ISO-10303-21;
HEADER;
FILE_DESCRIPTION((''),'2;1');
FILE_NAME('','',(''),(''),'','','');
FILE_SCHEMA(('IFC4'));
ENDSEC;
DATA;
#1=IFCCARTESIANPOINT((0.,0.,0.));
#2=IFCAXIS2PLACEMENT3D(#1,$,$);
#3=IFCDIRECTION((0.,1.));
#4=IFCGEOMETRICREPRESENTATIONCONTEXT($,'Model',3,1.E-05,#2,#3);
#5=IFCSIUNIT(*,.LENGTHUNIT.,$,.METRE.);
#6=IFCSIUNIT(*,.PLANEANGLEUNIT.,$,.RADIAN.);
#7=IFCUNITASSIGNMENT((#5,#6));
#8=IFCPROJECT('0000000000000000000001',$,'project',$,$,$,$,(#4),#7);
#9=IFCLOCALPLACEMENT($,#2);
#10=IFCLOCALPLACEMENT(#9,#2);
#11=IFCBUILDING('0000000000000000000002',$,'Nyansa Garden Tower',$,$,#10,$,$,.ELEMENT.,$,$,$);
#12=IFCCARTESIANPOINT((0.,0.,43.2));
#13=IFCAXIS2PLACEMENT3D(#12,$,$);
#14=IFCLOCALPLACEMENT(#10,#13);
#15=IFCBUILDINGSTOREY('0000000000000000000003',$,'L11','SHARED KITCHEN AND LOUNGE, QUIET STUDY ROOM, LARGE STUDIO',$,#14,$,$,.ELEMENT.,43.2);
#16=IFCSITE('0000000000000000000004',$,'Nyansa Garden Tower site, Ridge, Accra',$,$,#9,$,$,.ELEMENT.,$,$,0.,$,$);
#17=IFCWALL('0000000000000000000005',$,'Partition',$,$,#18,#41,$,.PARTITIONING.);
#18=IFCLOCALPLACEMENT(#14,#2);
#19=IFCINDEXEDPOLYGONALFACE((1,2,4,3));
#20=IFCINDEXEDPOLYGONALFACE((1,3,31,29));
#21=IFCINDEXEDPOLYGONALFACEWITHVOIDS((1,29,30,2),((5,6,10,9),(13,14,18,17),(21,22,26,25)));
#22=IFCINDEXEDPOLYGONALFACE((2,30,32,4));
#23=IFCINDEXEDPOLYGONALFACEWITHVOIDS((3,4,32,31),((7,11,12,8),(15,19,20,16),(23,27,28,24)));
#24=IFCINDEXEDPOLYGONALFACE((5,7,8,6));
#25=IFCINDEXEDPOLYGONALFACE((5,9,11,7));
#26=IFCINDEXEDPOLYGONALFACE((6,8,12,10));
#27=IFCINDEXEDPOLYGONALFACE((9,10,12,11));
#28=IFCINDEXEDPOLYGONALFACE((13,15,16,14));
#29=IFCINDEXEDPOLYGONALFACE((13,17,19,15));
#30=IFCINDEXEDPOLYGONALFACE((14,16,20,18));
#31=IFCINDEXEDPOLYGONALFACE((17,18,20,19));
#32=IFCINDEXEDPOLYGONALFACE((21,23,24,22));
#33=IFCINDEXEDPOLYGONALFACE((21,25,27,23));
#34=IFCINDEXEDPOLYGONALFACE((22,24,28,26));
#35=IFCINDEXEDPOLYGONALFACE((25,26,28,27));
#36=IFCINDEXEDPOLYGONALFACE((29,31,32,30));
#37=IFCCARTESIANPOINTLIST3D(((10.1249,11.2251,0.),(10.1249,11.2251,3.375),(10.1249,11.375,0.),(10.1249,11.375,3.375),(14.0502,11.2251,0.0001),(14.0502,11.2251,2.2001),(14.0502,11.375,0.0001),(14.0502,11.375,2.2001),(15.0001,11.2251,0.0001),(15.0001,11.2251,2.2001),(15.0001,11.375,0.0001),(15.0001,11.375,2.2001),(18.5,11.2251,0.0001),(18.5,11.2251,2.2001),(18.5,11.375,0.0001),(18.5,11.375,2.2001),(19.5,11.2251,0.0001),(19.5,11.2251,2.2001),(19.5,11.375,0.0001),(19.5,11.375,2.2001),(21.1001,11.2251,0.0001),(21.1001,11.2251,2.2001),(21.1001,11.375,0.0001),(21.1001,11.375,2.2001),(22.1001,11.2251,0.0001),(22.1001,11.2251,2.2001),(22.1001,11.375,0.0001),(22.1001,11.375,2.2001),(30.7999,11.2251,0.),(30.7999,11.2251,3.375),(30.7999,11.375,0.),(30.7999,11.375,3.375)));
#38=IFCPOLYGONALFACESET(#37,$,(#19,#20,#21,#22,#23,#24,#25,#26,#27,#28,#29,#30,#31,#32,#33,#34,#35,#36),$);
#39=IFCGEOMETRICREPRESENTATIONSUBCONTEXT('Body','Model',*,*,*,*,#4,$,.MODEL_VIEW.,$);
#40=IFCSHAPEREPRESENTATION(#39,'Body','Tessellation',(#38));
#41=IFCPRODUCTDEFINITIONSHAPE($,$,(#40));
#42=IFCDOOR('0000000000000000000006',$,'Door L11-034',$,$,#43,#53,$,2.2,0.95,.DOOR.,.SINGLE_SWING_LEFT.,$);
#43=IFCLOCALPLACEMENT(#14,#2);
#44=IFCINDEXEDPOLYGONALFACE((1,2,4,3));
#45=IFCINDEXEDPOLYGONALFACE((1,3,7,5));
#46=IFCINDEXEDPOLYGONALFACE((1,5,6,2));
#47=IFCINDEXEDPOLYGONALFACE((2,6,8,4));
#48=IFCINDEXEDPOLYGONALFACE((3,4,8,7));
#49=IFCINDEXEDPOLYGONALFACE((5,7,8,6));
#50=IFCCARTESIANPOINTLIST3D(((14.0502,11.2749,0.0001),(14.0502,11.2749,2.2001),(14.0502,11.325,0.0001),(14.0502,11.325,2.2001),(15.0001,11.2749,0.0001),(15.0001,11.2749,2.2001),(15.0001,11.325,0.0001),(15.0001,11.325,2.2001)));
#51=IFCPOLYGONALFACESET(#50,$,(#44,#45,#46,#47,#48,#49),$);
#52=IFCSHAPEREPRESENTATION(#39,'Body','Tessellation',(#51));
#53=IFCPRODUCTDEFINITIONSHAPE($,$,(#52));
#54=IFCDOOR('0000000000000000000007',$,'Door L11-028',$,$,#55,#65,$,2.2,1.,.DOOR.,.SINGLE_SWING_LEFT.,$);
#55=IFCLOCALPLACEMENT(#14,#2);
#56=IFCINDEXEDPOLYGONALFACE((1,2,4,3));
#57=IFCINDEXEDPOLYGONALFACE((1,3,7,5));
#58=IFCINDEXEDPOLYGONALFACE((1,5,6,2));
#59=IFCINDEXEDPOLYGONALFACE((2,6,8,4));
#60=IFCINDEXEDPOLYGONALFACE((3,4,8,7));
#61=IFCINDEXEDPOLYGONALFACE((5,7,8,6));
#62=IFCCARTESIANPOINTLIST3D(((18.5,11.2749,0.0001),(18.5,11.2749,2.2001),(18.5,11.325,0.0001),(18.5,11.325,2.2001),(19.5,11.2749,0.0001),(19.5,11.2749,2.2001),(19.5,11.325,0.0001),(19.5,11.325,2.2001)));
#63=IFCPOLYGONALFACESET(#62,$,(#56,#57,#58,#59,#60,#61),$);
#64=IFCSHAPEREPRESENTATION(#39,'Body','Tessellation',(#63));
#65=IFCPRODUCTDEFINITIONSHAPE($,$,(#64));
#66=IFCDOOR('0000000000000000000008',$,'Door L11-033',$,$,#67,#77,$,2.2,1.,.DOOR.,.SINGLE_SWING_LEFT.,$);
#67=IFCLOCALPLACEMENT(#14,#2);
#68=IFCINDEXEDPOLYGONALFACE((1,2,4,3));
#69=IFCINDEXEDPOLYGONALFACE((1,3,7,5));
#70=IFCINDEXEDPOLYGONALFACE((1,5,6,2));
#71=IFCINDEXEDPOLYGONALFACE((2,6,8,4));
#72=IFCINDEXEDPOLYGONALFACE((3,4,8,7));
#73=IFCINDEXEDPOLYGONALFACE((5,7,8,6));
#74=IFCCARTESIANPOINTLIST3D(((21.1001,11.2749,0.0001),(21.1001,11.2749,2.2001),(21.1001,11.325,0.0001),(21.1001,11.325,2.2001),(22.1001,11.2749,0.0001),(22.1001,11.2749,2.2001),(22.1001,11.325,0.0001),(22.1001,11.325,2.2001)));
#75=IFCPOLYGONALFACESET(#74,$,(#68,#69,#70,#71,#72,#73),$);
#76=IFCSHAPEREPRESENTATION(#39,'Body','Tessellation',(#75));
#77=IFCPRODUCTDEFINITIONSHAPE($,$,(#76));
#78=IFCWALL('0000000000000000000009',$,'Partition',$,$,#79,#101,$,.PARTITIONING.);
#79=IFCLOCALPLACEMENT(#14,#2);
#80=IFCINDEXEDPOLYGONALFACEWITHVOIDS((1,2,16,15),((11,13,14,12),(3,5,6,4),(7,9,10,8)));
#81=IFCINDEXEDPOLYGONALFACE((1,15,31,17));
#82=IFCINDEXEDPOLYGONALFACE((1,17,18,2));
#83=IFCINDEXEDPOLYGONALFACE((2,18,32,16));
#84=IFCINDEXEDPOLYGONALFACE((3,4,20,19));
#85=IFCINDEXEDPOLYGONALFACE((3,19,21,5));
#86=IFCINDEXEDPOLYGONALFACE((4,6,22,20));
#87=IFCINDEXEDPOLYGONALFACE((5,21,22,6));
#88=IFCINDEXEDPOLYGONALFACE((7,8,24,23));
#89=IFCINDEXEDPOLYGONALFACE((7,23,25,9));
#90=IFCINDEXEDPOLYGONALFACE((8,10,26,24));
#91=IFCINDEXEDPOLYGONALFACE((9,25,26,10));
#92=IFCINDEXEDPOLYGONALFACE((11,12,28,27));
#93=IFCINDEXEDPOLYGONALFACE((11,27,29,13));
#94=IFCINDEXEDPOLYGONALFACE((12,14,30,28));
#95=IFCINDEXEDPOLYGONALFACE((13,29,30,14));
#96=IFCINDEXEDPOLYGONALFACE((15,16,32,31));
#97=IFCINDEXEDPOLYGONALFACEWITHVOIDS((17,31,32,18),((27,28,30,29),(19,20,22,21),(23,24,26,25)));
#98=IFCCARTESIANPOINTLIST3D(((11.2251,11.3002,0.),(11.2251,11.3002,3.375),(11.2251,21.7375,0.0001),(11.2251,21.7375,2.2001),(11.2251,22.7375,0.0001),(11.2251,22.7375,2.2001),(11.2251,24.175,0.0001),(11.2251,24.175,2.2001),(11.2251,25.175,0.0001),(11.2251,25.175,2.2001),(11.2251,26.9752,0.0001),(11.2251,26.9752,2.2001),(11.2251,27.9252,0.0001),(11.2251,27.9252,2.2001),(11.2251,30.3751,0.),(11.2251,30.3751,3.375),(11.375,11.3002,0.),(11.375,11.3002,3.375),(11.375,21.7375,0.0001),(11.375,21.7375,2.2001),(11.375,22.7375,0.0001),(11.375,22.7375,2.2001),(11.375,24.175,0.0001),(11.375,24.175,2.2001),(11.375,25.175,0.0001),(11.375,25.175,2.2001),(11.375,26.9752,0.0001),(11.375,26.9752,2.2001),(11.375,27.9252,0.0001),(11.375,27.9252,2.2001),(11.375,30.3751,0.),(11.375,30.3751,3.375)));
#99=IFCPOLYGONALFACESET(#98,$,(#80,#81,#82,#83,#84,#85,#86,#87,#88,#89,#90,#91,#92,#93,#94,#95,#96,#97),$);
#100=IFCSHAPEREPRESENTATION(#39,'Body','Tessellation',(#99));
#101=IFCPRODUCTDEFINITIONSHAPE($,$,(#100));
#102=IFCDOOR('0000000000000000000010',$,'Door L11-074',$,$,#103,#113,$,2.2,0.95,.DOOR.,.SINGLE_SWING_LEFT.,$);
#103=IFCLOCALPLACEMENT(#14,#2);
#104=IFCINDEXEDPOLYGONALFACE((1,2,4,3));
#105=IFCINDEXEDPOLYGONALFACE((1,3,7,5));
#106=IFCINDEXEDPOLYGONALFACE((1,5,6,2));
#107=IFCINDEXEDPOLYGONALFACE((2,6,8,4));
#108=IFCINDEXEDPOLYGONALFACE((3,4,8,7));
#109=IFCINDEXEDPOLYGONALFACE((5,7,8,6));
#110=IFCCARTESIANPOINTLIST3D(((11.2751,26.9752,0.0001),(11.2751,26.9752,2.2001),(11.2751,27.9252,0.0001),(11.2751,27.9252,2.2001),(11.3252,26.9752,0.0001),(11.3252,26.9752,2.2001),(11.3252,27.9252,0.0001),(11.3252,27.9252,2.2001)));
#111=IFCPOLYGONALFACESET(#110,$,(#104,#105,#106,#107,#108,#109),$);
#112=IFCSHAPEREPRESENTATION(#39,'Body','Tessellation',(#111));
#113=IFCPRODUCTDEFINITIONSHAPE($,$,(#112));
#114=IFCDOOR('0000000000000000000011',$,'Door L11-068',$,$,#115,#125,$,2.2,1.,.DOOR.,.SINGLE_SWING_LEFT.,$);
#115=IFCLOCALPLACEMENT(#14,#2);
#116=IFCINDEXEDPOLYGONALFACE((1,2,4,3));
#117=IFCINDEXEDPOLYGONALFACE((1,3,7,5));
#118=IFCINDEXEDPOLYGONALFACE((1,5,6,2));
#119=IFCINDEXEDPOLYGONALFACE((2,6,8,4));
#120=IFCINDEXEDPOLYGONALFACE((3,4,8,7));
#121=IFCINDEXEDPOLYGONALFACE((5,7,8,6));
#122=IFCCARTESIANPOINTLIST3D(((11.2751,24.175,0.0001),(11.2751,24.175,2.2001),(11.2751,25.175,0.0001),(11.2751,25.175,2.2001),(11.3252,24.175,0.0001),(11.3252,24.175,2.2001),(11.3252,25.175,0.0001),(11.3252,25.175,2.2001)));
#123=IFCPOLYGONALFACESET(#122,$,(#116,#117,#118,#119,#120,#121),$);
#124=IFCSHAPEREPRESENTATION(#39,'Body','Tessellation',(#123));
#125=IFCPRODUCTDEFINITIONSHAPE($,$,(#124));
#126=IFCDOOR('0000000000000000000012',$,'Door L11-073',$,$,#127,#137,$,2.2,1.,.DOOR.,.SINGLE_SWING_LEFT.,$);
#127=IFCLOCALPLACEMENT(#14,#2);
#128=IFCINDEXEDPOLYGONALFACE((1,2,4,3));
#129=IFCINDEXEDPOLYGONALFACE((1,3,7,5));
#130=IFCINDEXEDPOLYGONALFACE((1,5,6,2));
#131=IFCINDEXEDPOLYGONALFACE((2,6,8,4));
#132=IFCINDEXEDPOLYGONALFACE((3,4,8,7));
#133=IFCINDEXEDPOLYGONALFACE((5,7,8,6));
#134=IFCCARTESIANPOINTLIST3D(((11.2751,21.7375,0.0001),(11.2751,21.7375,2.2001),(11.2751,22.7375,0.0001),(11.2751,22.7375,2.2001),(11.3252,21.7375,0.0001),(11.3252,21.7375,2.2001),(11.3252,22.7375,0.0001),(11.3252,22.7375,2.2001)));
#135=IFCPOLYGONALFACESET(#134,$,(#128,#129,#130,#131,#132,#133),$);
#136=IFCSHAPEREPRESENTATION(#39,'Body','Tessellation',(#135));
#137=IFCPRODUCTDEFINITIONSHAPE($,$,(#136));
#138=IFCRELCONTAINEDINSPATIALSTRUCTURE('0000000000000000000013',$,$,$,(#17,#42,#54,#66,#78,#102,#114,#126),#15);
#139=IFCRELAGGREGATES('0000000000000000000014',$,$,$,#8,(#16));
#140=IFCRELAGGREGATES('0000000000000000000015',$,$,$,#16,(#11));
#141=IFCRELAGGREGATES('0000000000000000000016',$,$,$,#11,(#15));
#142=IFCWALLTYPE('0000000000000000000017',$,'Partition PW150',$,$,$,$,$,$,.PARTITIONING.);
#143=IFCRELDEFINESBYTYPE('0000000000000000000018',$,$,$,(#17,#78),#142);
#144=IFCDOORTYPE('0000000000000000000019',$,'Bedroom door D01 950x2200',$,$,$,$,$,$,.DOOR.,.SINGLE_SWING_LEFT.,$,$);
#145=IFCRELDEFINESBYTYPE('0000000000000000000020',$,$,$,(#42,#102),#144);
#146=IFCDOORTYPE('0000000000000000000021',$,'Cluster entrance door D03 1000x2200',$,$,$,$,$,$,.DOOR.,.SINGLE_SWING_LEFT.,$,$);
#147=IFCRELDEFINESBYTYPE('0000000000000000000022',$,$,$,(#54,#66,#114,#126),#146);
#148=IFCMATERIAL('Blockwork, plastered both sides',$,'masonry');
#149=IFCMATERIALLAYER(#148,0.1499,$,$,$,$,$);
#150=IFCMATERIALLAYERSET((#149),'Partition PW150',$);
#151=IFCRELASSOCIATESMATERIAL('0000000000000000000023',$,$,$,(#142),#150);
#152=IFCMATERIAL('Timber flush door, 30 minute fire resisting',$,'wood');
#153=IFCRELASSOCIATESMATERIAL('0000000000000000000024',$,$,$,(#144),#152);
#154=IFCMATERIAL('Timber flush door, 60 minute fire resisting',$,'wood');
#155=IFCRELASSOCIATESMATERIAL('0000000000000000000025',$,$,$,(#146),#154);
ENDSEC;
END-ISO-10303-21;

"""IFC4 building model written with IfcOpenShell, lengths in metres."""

from ifc_helpers import new_model, si_unit, direction, frame, frame_2d, origin, place, context, subcontext, project, spatial, rectangle, extrude, material, layer, layer_set, type_object, element, fill, save


model = new_model("IFC4")

# Units and contexts
model_context = context("Model", 3, precision=1e-05, world=origin(), true_north=direction((0.0, 1.0)))
body_context = subcontext(model_context, "Body", "Model", "MODEL_VIEW")
ifc_project = project(units=[si_unit("LENGTHUNIT", "METRE"), si_unit("PLANEANGLEUNIT", "RADIAN")], contexts=[model_context])

# Site, building, storey
site_placement = place(None, origin())
site = spatial("IfcSite", under=ifc_project, at=site_placement, Name="Nyansa Garden Tower site, Ridge, Accra", CompositionType="ELEMENT", RefElevation=0.0)
building_placement = place(site_placement, origin())
building = spatial("IfcBuilding", under=site, at=building_placement, Name="Nyansa Garden Tower", CompositionType="ELEMENT")
storey_placement = place(building_placement, frame((0.0, 0.0, 43.2)))
storey = spatial("IfcBuildingStorey", under=building, at=storey_placement, Name="L11", Description="SHARED KITCHEN AND LOUNGE, QUIET STUDY ROOM, LARGE STUDIO", CompositionType="ELEMENT", Elevation=43.2)

# Shared definitions
ifc_material_1 = material(Name="Blockwork, plastered both sides", Category="masonry")
ifc_layer_1 = layer(ifc_material_1, 0.1499)
ifc_layer_set_1 = layer_set([ifc_layer_1], Name="Partition PW150")
wall_type_1 = type_object("IfcWallType", Name="Partition PW150", PredefinedType="PARTITIONING", material=ifc_layer_set_1)

# Walls, openings, doors
wall_1_placement = place(storey_placement, frame((10.125, 11.3, 0.0), z_axis=(0.0, 0.0, 1.0), x_axis=(1.0, 0.0, 0.0)))
wall_1 = element("IfcWall", 1, at=wall_1_placement, inside=storey, type_object=wall_type_1, Name="Partition", PredefinedType="PARTITIONING", context=body_context, shape_type="SweptSolid", body=[
    extrude(rectangle(XDim=20.675, YDim=0.1499, at=frame_2d((10.3374, 0.0))), origin(), (0.0, 0.0, 1.0), 3.375),
])
opening_1_placement = place(wall_1_placement, frame((8.375, 0.0, 0.0)))
opening_1 = element("IfcOpeningElement", 2, at=opening_1_placement, cuts=wall_1, PredefinedType="OPENING", context=body_context, shape_type="SweptSolid", body=[
    extrude(rectangle(XDim=1.0, YDim=2.2, at=frame_2d((0.5, 1.1001))), frame((0.0, 0.085, 0.0), z_axis=(0.0, -1.0, 0.0), x_axis=(1.0, 0.0, 0.0)), (0.0, 0.0, 1.0), 0.1699),
])
opening_2_placement = place(wall_1_placement, frame((10.9751, 0.0, 0.0)))
opening_2 = element("IfcOpeningElement", 3, at=opening_2_placement, cuts=wall_1, PredefinedType="OPENING", context=body_context, shape_type="SweptSolid", body=[
    extrude(rectangle(XDim=1.0, YDim=2.2, at=frame_2d((0.5, 1.1001))), frame((0.0, 0.085, 0.0), z_axis=(0.0, -1.0, 0.0), x_axis=(1.0, 0.0, 0.0)), (0.0, 0.0, 1.0), 0.1699),
])
opening_3_placement = place(wall_1_placement, frame((3.925, 0.0, 0.0)))
opening_3 = element("IfcOpeningElement", 4, at=opening_3_placement, cuts=wall_1, PredefinedType="OPENING", context=body_context, shape_type="SweptSolid", body=[
    extrude(rectangle(XDim=0.95, YDim=2.2, at=frame_2d((0.4751, 1.1001))), frame((0.0, 0.085, 0.0), z_axis=(0.0, -1.0, 0.0), x_axis=(1.0, 0.0, 0.0)), (0.0, 0.0, 1.0), 0.1699),
])
ifc_material_2 = material(Name="Timber flush door, 30 minute fire resisting", Category="wood")
door_type_1 = type_object("IfcDoorType", Name="Bedroom door D01 950x2200", OperationType="SINGLE_SWING_LEFT", PredefinedType="DOOR", material=ifc_material_2)
door_1_placement = place(opening_3_placement, origin())
door_1 = element("IfcDoor", 5, at=door_1_placement, inside=storey, type_object=door_type_1, Name="Door L11-034", OperationType="SINGLE_SWING_LEFT", OverallHeight=2.2, OverallWidth=0.95, PredefinedType="DOOR", context=body_context, shape_type="SweptSolid", body=[
    extrude(rectangle(XDim=0.95, YDim=2.2, at=frame_2d((0.4751, 1.1001))), frame((0.0, 0.0249, 0.0), z_axis=(0.0, -1.0, 0.0), x_axis=(1.0, 0.0, 0.0)), (0.0, 0.0, 1.0), 0.05),
])
fill(opening_3, door_1)
ifc_material_3 = material(Name="Timber flush door, 60 minute fire resisting", Category="wood")
door_type_2 = type_object("IfcDoorType", Name="Cluster entrance door D03 1000x2200", OperationType="SINGLE_SWING_LEFT", PredefinedType="DOOR", material=ifc_material_3)
door_2_placement = place(opening_1_placement, origin())
door_2 = element("IfcDoor", 6, at=door_2_placement, inside=storey, type_object=door_type_2, Name="Door L11-028", OperationType="SINGLE_SWING_LEFT", OverallHeight=2.2, OverallWidth=1.0, PredefinedType="DOOR", context=body_context, shape_type="SweptSolid", body=[
    extrude(rectangle(XDim=1.0, YDim=2.2, at=frame_2d((0.5, 1.1001))), frame((0.0, 0.0249, 0.0), z_axis=(0.0, -1.0, 0.0), x_axis=(1.0, 0.0, 0.0)), (0.0, 0.0, 1.0), 0.05),
])
fill(opening_1, door_2)
door_3_placement = place(opening_2_placement, origin())
door_3 = element("IfcDoor", 7, at=door_3_placement, inside=storey, type_object=door_type_2, Name="Door L11-033", OperationType="SINGLE_SWING_LEFT", OverallHeight=2.2, OverallWidth=1.0, PredefinedType="DOOR", context=body_context, shape_type="SweptSolid", body=[
    extrude(rectangle(XDim=1.0, YDim=2.2, at=frame_2d((0.5, 1.1001))), frame((0.0, 0.0249, 0.0), z_axis=(0.0, -1.0, 0.0), x_axis=(1.0, 0.0, 0.0)), (0.0, 0.0, 1.0), 0.05),
])
fill(opening_2, door_3)
wall_2_placement = place(storey_placement, frame((11.3, 11.3, 0.0), z_axis=(0.0, 0.0, 1.0), x_axis=(0.0, 1.0, 0.0)))
wall_2 = element("IfcWall", 8, at=wall_2_placement, inside=storey, type_object=wall_type_1, Name="Partition", PredefinedType="PARTITIONING", context=body_context, shape_type="SweptSolid", body=[
    extrude(rectangle(XDim=19.075, YDim=0.1499, at=frame_2d((9.5376, 0.0))), origin(), (0.0, 0.0, 1.0), 3.375),
])
opening_4_placement = place(wall_2_placement, frame((12.875, 0.0, 0.0)))
opening_4 = element("IfcOpeningElement", 9, at=opening_4_placement, cuts=wall_2, PredefinedType="OPENING", context=body_context, shape_type="SweptSolid", body=[
    extrude(rectangle(XDim=1.0, YDim=2.2, at=frame_2d((0.5, 1.1001))), frame((0.0, 0.085, 0.0), z_axis=(0.0, -1.0, 0.0), x_axis=(1.0, 0.0, 0.0)), (0.0, 0.0, 1.0), 0.1699),
])
opening_5_placement = place(wall_2_placement, frame((10.4375, 0.0, 0.0)))
opening_5 = element("IfcOpeningElement", 10, at=opening_5_placement, cuts=wall_2, PredefinedType="OPENING", context=body_context, shape_type="SweptSolid", body=[
    extrude(rectangle(XDim=1.0, YDim=2.2, at=frame_2d((0.5, 1.1001))), frame((0.0, 0.085, 0.0), z_axis=(0.0, -1.0, 0.0), x_axis=(1.0, 0.0, 0.0)), (0.0, 0.0, 1.0), 0.1699),
])
opening_6_placement = place(wall_2_placement, frame((15.675, 0.0, 0.0)))
opening_6 = element("IfcOpeningElement", 11, at=opening_6_placement, cuts=wall_2, PredefinedType="OPENING", context=body_context, shape_type="SweptSolid", body=[
    extrude(rectangle(XDim=0.95, YDim=2.2, at=frame_2d((0.4751, 1.1001))), frame((0.0, 0.085, 0.0), z_axis=(0.0, -1.0, 0.0), x_axis=(1.0, 0.0, 0.0)), (0.0, 0.0, 1.0), 0.1699),
])
door_4_placement = place(opening_6_placement, origin())
door_4 = element("IfcDoor", 12, at=door_4_placement, inside=storey, type_object=door_type_1, Name="Door L11-074", OperationType="SINGLE_SWING_LEFT", OverallHeight=2.2, OverallWidth=0.95, PredefinedType="DOOR", context=body_context, shape_type="SweptSolid", body=[
    extrude(rectangle(XDim=0.95, YDim=2.2, at=frame_2d((0.4751, 1.1001))), frame((0.0, 0.0249, 0.0), z_axis=(0.0, -1.0, 0.0), x_axis=(1.0, 0.0, 0.0)), (0.0, 0.0, 1.0), 0.05),
])
fill(opening_6, door_4)
door_5_placement = place(opening_4_placement, origin())
door_5 = element("IfcDoor", 13, at=door_5_placement, inside=storey, type_object=door_type_2, Name="Door L11-068", OperationType="SINGLE_SWING_LEFT", OverallHeight=2.2, OverallWidth=1.0, PredefinedType="DOOR", context=body_context, shape_type="SweptSolid", body=[
    extrude(rectangle(XDim=1.0, YDim=2.2, at=frame_2d((0.5, 1.1001))), frame((0.0, 0.0249, 0.0), z_axis=(0.0, -1.0, 0.0), x_axis=(1.0, 0.0, 0.0)), (0.0, 0.0, 1.0), 0.05),
])
fill(opening_4, door_5)
door_6_placement = place(opening_5_placement, origin())
door_6 = element("IfcDoor", 14, at=door_6_placement, inside=storey, type_object=door_type_2, Name="Door L11-073", OperationType="SINGLE_SWING_LEFT", OverallHeight=2.2, OverallWidth=1.0, PredefinedType="DOOR", context=body_context, shape_type="SweptSolid", body=[
    extrude(rectangle(XDim=1.0, YDim=2.2, at=frame_2d((0.5, 1.1001))), frame((0.0, 0.0249, 0.0), z_axis=(0.0, -1.0, 0.0), x_axis=(1.0, 0.0, 0.0)), (0.0, 0.0, 1.0), 0.05),
])
fill(opening_5, door_6)

save(model, "model.ifc")
